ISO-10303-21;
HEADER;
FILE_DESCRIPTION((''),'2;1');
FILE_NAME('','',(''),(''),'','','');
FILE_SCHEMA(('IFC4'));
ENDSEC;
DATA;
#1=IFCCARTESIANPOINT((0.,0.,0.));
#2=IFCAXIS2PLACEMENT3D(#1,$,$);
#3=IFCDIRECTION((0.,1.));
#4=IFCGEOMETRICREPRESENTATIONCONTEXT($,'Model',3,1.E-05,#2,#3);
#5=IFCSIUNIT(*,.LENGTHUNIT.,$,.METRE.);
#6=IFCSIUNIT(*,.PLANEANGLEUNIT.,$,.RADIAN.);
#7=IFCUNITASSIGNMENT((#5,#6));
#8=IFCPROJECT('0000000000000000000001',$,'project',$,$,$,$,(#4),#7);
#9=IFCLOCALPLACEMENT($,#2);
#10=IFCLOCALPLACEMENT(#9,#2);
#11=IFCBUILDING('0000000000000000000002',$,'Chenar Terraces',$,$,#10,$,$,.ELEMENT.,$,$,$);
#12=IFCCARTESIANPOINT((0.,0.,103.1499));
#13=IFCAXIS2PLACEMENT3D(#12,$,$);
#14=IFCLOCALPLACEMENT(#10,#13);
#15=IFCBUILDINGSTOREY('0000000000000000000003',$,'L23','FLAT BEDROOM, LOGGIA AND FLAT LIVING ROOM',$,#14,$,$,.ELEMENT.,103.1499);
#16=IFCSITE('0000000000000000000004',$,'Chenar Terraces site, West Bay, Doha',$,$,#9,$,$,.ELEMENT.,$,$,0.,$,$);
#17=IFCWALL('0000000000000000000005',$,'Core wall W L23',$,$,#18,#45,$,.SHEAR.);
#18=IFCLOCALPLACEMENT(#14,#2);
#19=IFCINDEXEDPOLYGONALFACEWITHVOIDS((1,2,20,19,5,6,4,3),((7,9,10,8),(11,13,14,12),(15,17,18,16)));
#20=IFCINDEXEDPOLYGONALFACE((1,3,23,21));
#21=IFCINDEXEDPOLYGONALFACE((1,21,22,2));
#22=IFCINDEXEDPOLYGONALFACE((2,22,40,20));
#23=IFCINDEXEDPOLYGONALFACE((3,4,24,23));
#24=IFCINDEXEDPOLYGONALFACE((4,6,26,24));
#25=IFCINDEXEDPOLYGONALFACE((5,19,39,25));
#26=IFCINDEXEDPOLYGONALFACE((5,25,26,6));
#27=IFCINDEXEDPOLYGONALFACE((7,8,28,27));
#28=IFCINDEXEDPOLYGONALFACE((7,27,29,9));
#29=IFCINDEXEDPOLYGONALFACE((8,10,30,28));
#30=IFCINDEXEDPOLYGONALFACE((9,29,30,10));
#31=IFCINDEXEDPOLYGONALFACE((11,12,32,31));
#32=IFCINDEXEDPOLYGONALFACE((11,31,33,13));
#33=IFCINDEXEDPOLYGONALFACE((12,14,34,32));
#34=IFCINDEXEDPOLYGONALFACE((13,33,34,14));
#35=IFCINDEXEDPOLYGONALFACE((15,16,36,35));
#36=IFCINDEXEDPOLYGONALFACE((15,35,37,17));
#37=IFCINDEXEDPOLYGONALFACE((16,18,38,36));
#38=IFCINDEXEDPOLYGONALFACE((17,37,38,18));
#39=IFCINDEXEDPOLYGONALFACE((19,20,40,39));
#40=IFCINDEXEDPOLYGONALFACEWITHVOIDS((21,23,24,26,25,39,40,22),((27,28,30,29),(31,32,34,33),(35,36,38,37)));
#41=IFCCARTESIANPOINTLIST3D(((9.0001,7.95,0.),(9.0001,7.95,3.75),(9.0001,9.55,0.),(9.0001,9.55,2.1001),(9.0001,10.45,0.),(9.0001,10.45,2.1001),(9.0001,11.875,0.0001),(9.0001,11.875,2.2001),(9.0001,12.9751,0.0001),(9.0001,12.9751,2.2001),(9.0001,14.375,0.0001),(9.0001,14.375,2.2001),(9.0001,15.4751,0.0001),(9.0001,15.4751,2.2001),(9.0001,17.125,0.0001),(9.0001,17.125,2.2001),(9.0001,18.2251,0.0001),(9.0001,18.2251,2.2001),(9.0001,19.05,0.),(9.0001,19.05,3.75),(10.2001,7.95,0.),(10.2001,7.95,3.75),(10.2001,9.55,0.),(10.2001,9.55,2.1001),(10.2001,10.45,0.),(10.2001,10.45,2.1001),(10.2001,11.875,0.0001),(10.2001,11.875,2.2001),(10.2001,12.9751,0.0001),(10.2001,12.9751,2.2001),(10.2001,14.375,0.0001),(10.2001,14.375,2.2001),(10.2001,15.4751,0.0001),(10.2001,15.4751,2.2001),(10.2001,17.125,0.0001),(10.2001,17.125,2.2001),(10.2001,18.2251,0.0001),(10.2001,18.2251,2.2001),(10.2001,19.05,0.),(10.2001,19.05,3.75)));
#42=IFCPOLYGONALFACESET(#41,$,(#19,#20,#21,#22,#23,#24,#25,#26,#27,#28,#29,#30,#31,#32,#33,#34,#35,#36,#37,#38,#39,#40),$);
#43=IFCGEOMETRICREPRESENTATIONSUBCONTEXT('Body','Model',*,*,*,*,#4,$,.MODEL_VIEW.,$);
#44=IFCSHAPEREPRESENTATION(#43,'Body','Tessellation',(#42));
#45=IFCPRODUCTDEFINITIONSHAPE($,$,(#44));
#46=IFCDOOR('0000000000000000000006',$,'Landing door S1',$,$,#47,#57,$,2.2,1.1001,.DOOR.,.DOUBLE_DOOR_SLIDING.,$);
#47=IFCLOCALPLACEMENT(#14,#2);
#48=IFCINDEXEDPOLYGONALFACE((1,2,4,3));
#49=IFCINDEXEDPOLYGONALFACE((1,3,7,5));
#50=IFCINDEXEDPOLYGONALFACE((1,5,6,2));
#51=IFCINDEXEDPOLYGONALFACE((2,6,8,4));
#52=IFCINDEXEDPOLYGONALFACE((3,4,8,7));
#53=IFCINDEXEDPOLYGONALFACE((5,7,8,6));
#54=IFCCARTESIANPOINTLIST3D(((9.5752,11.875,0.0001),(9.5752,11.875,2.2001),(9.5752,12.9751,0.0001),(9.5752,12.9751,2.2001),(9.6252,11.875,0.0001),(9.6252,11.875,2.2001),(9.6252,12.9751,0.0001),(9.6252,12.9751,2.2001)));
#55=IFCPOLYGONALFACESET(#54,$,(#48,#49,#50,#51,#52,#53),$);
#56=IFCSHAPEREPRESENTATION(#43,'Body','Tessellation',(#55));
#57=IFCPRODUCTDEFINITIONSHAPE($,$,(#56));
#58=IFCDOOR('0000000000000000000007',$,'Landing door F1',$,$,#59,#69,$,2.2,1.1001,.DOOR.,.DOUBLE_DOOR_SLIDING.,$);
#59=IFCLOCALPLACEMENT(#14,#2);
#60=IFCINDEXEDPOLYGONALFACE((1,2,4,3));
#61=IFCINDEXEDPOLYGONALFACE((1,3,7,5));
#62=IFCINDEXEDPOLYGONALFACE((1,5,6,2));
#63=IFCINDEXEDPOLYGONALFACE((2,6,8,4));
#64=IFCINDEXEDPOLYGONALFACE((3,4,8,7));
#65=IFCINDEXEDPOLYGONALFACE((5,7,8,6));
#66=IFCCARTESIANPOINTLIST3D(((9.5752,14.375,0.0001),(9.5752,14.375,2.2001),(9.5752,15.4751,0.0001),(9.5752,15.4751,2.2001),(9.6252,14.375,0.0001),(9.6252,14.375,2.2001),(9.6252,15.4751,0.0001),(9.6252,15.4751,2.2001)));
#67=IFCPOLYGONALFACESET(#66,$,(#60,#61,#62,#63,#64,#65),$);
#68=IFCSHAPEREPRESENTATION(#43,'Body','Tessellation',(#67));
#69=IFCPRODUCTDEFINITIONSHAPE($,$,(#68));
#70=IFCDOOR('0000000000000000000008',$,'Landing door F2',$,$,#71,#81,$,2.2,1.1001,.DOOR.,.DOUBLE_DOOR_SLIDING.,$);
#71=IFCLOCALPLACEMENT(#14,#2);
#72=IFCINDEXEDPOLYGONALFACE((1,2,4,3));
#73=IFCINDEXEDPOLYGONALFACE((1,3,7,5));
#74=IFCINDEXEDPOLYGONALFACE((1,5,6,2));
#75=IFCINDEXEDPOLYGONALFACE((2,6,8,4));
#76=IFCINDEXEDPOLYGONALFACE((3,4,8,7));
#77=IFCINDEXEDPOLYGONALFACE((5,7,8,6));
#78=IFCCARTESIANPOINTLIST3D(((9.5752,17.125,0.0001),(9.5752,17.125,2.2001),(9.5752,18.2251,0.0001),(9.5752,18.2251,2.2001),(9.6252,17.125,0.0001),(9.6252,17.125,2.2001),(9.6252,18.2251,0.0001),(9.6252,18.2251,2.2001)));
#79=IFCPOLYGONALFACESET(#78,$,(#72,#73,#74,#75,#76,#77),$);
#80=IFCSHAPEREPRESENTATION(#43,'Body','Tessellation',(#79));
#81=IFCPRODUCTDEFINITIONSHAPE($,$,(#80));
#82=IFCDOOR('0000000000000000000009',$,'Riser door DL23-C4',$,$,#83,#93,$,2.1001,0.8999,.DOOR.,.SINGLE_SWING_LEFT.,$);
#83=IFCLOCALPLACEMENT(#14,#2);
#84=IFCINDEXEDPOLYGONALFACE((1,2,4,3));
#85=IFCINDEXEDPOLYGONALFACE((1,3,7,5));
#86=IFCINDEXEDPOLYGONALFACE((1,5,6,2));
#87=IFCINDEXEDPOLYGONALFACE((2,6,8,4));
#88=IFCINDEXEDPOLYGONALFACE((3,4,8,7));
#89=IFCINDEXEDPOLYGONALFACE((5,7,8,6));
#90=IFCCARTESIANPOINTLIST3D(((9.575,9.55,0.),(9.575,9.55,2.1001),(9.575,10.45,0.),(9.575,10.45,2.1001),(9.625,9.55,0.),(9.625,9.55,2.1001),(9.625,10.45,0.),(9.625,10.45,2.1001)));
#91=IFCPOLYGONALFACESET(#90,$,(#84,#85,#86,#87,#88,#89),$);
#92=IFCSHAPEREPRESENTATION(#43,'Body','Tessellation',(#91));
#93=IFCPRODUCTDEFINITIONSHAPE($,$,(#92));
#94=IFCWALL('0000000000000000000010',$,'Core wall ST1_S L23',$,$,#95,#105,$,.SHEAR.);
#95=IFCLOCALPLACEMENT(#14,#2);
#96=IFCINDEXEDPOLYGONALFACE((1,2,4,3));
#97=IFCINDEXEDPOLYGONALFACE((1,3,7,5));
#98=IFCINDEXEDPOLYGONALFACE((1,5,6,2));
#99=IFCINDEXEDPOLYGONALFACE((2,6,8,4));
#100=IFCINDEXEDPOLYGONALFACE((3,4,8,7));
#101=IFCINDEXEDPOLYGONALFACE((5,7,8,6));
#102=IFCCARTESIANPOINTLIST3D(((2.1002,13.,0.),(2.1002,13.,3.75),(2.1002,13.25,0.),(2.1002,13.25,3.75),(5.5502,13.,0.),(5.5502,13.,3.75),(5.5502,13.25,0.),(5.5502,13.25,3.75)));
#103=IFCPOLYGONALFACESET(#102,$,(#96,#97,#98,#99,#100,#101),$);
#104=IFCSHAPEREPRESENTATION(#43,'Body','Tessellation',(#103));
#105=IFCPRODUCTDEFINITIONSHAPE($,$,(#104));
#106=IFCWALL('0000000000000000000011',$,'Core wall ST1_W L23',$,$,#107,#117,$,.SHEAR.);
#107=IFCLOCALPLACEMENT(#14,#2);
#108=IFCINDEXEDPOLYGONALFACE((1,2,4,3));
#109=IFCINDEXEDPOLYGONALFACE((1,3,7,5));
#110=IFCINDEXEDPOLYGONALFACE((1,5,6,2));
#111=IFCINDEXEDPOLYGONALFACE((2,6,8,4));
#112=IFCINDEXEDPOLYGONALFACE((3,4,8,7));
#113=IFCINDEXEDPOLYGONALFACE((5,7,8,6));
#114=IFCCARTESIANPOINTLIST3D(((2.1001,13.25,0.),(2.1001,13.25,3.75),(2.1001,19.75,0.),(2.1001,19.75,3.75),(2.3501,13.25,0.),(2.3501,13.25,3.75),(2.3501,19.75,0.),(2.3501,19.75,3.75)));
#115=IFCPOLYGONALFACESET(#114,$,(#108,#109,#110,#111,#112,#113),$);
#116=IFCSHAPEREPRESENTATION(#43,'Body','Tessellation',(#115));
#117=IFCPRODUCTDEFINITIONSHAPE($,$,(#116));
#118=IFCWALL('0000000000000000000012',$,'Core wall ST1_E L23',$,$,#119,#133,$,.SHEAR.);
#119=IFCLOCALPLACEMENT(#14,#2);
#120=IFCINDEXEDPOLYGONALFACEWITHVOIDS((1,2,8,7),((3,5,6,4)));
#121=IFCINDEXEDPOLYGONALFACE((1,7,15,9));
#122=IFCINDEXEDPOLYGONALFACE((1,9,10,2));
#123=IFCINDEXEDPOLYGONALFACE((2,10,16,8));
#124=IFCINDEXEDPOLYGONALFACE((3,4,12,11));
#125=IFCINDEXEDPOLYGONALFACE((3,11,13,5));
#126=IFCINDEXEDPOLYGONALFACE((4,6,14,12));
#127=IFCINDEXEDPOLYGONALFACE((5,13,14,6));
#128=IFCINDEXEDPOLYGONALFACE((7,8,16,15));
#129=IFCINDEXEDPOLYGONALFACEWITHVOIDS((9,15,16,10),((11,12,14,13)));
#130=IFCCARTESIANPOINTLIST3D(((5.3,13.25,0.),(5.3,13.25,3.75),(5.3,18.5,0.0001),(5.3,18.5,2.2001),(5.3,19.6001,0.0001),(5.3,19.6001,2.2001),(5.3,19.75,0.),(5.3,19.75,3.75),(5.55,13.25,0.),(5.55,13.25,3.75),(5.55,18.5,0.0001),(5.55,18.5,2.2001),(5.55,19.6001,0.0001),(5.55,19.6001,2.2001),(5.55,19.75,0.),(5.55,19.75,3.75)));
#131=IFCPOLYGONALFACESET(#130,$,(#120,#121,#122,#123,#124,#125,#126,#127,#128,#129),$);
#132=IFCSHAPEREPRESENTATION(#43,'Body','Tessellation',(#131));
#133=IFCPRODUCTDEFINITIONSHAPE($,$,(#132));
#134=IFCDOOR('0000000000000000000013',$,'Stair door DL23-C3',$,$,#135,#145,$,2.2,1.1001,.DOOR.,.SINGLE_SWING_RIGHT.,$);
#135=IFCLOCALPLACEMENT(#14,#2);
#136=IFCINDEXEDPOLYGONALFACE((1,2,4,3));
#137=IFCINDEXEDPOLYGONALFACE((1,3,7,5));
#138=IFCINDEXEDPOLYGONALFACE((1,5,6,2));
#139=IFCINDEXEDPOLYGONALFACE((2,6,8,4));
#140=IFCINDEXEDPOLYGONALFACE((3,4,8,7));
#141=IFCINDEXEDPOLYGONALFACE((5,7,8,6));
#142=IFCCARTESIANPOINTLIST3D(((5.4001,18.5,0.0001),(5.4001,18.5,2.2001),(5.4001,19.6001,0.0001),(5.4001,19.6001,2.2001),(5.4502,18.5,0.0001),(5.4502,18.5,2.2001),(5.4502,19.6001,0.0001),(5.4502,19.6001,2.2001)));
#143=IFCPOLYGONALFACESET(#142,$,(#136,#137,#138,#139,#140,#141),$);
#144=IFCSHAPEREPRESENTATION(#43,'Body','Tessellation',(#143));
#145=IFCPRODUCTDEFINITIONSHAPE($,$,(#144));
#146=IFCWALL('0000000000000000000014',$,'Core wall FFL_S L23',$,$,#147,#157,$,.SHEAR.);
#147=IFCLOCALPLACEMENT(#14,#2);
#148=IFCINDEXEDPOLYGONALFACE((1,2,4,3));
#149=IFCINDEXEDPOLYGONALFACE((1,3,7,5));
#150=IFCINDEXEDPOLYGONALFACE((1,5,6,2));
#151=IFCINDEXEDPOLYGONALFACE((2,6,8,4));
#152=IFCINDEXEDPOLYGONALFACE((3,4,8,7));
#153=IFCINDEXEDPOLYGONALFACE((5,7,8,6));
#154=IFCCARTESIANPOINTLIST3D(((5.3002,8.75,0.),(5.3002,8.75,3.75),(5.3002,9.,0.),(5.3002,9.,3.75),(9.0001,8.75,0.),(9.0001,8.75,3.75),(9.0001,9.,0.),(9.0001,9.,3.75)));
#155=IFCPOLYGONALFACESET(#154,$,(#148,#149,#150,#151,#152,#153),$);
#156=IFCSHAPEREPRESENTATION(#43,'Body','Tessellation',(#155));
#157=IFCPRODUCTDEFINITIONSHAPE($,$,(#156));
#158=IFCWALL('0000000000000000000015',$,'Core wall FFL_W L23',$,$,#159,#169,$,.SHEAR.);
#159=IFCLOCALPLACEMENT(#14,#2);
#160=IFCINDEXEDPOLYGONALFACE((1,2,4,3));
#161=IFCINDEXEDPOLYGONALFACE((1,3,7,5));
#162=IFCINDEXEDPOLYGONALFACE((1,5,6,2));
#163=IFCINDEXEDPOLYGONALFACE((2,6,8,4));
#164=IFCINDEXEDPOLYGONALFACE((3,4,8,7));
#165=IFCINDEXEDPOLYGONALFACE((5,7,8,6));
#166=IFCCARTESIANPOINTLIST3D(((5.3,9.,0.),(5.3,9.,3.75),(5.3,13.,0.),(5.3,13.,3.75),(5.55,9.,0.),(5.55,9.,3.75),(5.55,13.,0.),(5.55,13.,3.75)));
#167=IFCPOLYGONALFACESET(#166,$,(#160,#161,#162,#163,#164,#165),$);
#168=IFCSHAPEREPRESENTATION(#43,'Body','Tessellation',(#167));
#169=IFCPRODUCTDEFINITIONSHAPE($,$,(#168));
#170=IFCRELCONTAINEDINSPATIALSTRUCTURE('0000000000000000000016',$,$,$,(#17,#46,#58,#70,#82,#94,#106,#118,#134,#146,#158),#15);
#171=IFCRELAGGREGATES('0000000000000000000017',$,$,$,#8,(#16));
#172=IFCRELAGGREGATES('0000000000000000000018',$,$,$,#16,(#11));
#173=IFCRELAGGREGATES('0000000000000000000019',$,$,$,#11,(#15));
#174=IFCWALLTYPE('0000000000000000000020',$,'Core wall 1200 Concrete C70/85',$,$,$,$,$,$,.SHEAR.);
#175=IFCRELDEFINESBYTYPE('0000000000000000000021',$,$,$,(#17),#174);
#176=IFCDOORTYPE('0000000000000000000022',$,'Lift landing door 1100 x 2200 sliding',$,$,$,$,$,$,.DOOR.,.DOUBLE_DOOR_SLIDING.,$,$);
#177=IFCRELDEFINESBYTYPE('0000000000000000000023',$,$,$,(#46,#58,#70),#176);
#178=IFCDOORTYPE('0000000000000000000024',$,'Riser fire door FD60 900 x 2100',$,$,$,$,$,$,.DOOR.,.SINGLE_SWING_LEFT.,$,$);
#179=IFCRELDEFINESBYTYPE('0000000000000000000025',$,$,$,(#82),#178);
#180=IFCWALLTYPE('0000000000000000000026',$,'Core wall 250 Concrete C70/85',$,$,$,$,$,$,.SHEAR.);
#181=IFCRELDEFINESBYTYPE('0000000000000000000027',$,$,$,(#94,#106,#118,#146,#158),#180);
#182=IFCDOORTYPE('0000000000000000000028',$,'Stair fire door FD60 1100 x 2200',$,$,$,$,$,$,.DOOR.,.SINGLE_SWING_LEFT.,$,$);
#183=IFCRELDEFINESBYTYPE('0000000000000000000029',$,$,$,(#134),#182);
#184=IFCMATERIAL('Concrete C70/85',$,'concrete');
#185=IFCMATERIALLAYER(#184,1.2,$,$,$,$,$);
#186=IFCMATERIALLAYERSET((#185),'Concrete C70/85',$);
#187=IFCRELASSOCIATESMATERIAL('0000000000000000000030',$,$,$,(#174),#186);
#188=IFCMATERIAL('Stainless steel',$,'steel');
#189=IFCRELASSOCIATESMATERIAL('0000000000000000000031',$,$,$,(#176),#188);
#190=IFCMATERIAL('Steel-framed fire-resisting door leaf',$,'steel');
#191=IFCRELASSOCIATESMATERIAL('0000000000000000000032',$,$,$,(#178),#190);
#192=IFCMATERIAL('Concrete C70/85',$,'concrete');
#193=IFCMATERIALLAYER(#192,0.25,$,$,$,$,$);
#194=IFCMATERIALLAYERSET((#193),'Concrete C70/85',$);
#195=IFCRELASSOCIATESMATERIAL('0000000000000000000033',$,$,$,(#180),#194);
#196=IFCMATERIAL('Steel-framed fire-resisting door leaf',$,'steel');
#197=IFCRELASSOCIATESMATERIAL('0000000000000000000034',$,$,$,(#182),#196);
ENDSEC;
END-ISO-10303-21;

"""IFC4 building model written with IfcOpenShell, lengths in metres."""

from ifc_helpers import new_model, si_unit, direction, frame, frame_2d, origin, place, context, subcontext, project, spatial, rectangle, extrude, material, layer, layer_set, type_object, element, fill, save


model = new_model("IFC4")

# Units and contexts
model_context = context("Model", 3, precision=1e-05, world=origin(), true_north=direction((0.0, 1.0)))
body_context = subcontext(model_context, "Body", "Model", "MODEL_VIEW")
ifc_project = project(units=[si_unit("LENGTHUNIT", "METRE"), si_unit("PLANEANGLEUNIT", "RADIAN")], contexts=[model_context])

# Site, building, storey
site_placement = place(None, origin())
site = spatial("IfcSite", under=ifc_project, at=site_placement, Name="Chenar Terraces site, West Bay, Doha", CompositionType="ELEMENT", RefElevation=0.0)
building_placement = place(site_placement, origin())
building = spatial("IfcBuilding", under=site, at=building_placement, Name="Chenar Terraces", CompositionType="ELEMENT")
storey_placement = place(building_placement, frame((0.0, 0.0, 103.1499)))
storey = spatial("IfcBuildingStorey", under=building, at=storey_placement, Name="L23", Description="FLAT BEDROOM, LOGGIA AND FLAT LIVING ROOM", CompositionType="ELEMENT", Elevation=103.1499)

# Wall, openings, doors
ifc_material_1 = material(Name="Concrete C70/85", Category="concrete")
ifc_layer_1 = layer(ifc_material_1, 1.2)
ifc_layer_set_1 = layer_set([ifc_layer_1], Name="Concrete C70/85")
wall_type_1 = type_object("IfcWallType", Name="Core wall 1200 Concrete C70/85", PredefinedType="SHEAR", material=ifc_layer_set_1)
wall_1_placement = place(storey_placement, frame((9.6001, 7.95, 0.0), z_axis=(0.0, 0.0, 1.0), x_axis=(0.0, 1.0, 0.0)))
wall_1 = element("IfcWall", 1, at=wall_1_placement, inside=storey, type_object=wall_type_1, Name="Core wall W L23", PredefinedType="SHEAR", context=body_context, shape_type="SweptSolid", body=[
    extrude(rectangle(XDim=11.1001, YDim=1.2, at=frame_2d((5.55, 0.0))), origin(), (0.0, 0.0, 1.0), 3.75),
])
opening_1_placement = place(wall_1_placement, frame((3.925, 0.0, 0.0)))
opening_1 = element("IfcOpeningElement", 2, at=opening_1_placement, cuts=wall_1, PredefinedType="OPENING", context=body_context, shape_type="SweptSolid", body=[
    extrude(rectangle(XDim=1.1001, YDim=2.2, at=frame_2d((0.55, 1.1001))), frame((0.0, 0.6099, 0.0), z_axis=(0.0, -1.0, 0.0), x_axis=(1.0, 0.0, 0.0)), (0.0, 0.0, 1.0), 1.22),
])
opening_2_placement = place(wall_1_placement, frame((6.425, 0.0, 0.0)))
opening_2 = element("IfcOpeningElement", 3, at=opening_2_placement, cuts=wall_1, PredefinedType="OPENING", context=body_context, shape_type="SweptSolid", body=[
    extrude(rectangle(XDim=1.1001, YDim=2.2, at=frame_2d((0.55, 1.1001))), frame((0.0, 0.6099, 0.0), z_axis=(0.0, -1.0, 0.0), x_axis=(1.0, 0.0, 0.0)), (0.0, 0.0, 1.0), 1.22),
])
opening_3_placement = place(wall_1_placement, frame((9.175, 0.0, 0.0)))
opening_3 = element("IfcOpeningElement", 4, at=opening_3_placement, cuts=wall_1, PredefinedType="OPENING", context=body_context, shape_type="SweptSolid", body=[
    extrude(rectangle(XDim=1.1001, YDim=2.2, at=frame_2d((0.55, 1.1001))), frame((0.0, 0.6099, 0.0), z_axis=(0.0, -1.0, 0.0), x_axis=(1.0, 0.0, 0.0)), (0.0, 0.0, 1.0), 1.22),
])
opening_4_placement = place(wall_1_placement, frame((1.6001, 0.0, 0.0)))
opening_4 = element("IfcOpeningElement", 5, at=opening_4_placement, cuts=wall_1, PredefinedType="OPENING", context=body_context, shape_type="SweptSolid", body=[
    extrude(rectangle(XDim=0.8999, YDim=2.1001, at=frame_2d((0.45, 1.05))), frame((0.0, 0.6099, 0.0), z_axis=(0.0, -1.0, 0.0), x_axis=(1.0, 0.0, 0.0)), (0.0, 0.0, 1.0), 1.22),
])
ifc_material_2 = material(Name="Stainless steel", Category="steel")
door_type_1 = type_object("IfcDoorType", Name="Lift landing door 1100 x 2200 sliding", OperationType="DOUBLE_DOOR_SLIDING", PredefinedType="DOOR", material=ifc_material_2)
door_1_placement = place(opening_1_placement, origin())
door_1 = element("IfcDoor", 6, at=door_1_placement, inside=storey, type_object=door_type_1, Name="Landing door S1", OperationType="DOUBLE_DOOR_SLIDING", OverallHeight=2.2, OverallWidth=1.1001, PredefinedType="DOOR", context=body_context, shape_type="SweptSolid", body=[
    extrude(rectangle(XDim=1.1001, YDim=2.2, at=frame_2d((0.55, 1.1001))), frame((0.0, 0.0249, 0.0), z_axis=(0.0, -1.0, 0.0), x_axis=(1.0, 0.0, 0.0)), (0.0, 0.0, 1.0), 0.05),
])
fill(opening_1, door_1)
door_2_placement = place(opening_2_placement, origin())
door_2 = element("IfcDoor", 7, at=door_2_placement, inside=storey, type_object=door_type_1, Name="Landing door F1", OperationType="DOUBLE_DOOR_SLIDING", OverallHeight=2.2, OverallWidth=1.1001, PredefinedType="DOOR", context=body_context, shape_type="SweptSolid", body=[
    extrude(rectangle(XDim=1.1001, YDim=2.2, at=frame_2d((0.55, 1.1001))), frame((0.0, 0.0249, 0.0), z_axis=(0.0, -1.0, 0.0), x_axis=(1.0, 0.0, 0.0)), (0.0, 0.0, 1.0), 0.05),
])
fill(opening_2, door_2)
door_3_placement = place(opening_3_placement, origin())
door_3 = element("IfcDoor", 8, at=door_3_placement, inside=storey, type_object=door_type_1, Name="Landing door F2", OperationType="DOUBLE_DOOR_SLIDING", OverallHeight=2.2, OverallWidth=1.1001, PredefinedType="DOOR", context=body_context, shape_type="SweptSolid", body=[
    extrude(rectangle(XDim=1.1001, YDim=2.2, at=frame_2d((0.55, 1.1001))), frame((0.0, 0.0249, 0.0), z_axis=(0.0, -1.0, 0.0), x_axis=(1.0, 0.0, 0.0)), (0.0, 0.0, 1.0), 0.05),
])
fill(opening_3, door_3)
ifc_material_3 = material(Name="Steel-framed fire-resisting door leaf", Category="steel")
door_type_2 = type_object("IfcDoorType", Name="Riser fire door FD60 900 x 2100", OperationType="SINGLE_SWING_LEFT", PredefinedType="DOOR", material=ifc_material_3)
door_4_placement = place(opening_4_placement, frame((0.8999, 0.0, 0.0), z_axis=(0.0, 0.0, 1.0), x_axis=(-1.0, 0.0, 0.0)))
door_4 = element("IfcDoor", 9, at=door_4_placement, inside=storey, type_object=door_type_2, Name="Riser door DL23-C4", OperationType="SINGLE_SWING_LEFT", OverallHeight=2.1001, OverallWidth=0.8999, PredefinedType="DOOR", context=body_context, shape_type="SweptSolid", body=[
    extrude(rectangle(XDim=0.8999, YDim=2.1001, at=frame_2d((0.45, 1.05))), frame((0.0, 0.0249, 0.0), z_axis=(0.0, -1.0, 0.0), x_axis=(1.0, 0.0, 0.0)), (0.0, 0.0, 1.0), 0.05),
])
fill(opening_4, door_4)

# Walls
ifc_material_4 = material(Name="Concrete C70/85", Category="concrete")
ifc_layer_2 = layer(ifc_material_4, 0.25)
ifc_layer_set_2 = layer_set([ifc_layer_2], Name="Concrete C70/85")
wall_type_2 = type_object("IfcWallType", Name="Core wall 250 Concrete C70/85", PredefinedType="SHEAR", material=ifc_layer_set_2)
wall_2_placement = place(storey_placement, frame((2.1001, 13.125, 0.0), z_axis=(0.0, 0.0, 1.0), x_axis=(1.0, 0.0, 0.0)))
element("IfcWall", 10, at=wall_2_placement, inside=storey, type_object=wall_type_2, Name="Core wall ST1_S L23", PredefinedType="SHEAR", context=body_context, shape_type="SweptSolid", body=[
    extrude(rectangle(XDim=3.45, YDim=0.25, at=frame_2d((1.7251, 0.0))), origin(), (0.0, 0.0, 1.0), 3.75),
])
wall_3_placement = place(storey_placement, frame((2.2251, 13.25, 0.0), z_axis=(0.0, 0.0, 1.0), x_axis=(0.0, 1.0, 0.0)))
element("IfcWall", 11, at=wall_3_placement, inside=storey, type_object=wall_type_2, Name="Core wall ST1_W L23", PredefinedType="SHEAR", context=body_context, shape_type="SweptSolid", body=[
    extrude(rectangle(XDim=6.5, YDim=0.25, at=frame_2d((3.25, 0.0))), origin(), (0.0, 0.0, 1.0), 3.75),
])

# Wall, opening, door
wall_4_placement = place(storey_placement, frame((5.425, 13.25, 0.0), z_axis=(0.0, 0.0, 1.0), x_axis=(0.0, 1.0, 0.0)))
wall_4 = element("IfcWall", 12, at=wall_4_placement, inside=storey, type_object=wall_type_2, Name="Core wall ST1_E L23", PredefinedType="SHEAR", context=body_context, shape_type="SweptSolid", body=[
    extrude(rectangle(XDim=6.5, YDim=0.25, at=frame_2d((3.25, 0.0))), origin(), (0.0, 0.0, 1.0), 3.75),
])
opening_5_placement = place(wall_4_placement, frame((5.25, 0.0, 0.0)))
opening_5 = element("IfcOpeningElement", 13, at=opening_5_placement, cuts=wall_4, PredefinedType="OPENING", context=body_context, shape_type="SweptSolid", body=[
    extrude(rectangle(XDim=1.1001, YDim=2.2, at=frame_2d((0.55, 1.1001))), frame((0.0, 0.135, 0.0), z_axis=(0.0, -1.0, 0.0), x_axis=(1.0, 0.0, 0.0)), (0.0, 0.0, 1.0), 0.27),
])
ifc_material_5 = material(Name="Steel-framed fire-resisting door leaf", Category="steel")
door_type_3 = type_object("IfcDoorType", Name="Stair fire door FD60 1100 x 2200", OperationType="SINGLE_SWING_LEFT", PredefinedType="DOOR", material=ifc_material_5)
door_5_placement = place(opening_5_placement, origin())
door_5 = element("IfcDoor", 14, at=door_5_placement, inside=storey, type_object=door_type_3, Name="Stair door DL23-C3", OperationType="SINGLE_SWING_RIGHT", OverallHeight=2.2, OverallWidth=1.1001, PredefinedType="DOOR", context=body_context, shape_type="SweptSolid", body=[
    extrude(rectangle(XDim=1.1001, YDim=2.2, at=frame_2d((0.55, 1.1001))), frame((0.0, 0.0249, 0.0), z_axis=(0.0, -1.0, 0.0), x_axis=(1.0, 0.0, 0.0)), (0.0, 0.0, 1.0), 0.05),
])
fill(opening_5, door_5)

# Walls
wall_5_placement = place(storey_placement, frame((5.3, 8.875, 0.0), z_axis=(0.0, 0.0, 1.0), x_axis=(1.0, 0.0, 0.0)))
element("IfcWall", 15, at=wall_5_placement, inside=storey, type_object=wall_type_2, Name="Core wall FFL_S L23", PredefinedType="SHEAR", context=body_context, shape_type="SweptSolid", body=[
    extrude(rectangle(XDim=3.7, YDim=0.25, at=frame_2d((1.8501, 0.0))), origin(), (0.0, 0.0, 1.0), 3.75),
])
wall_6_placement = place(storey_placement, frame((5.425, 9.0, 0.0), z_axis=(0.0, 0.0, 1.0), x_axis=(0.0, 1.0, 0.0)))
element("IfcWall", 16, at=wall_6_placement, inside=storey, type_object=wall_type_2, Name="Core wall FFL_W L23", PredefinedType="SHEAR", context=body_context, shape_type="SweptSolid", body=[
    extrude(rectangle(XDim=4.0, YDim=0.25, at=frame_2d((2.0, 0.0))), origin(), (0.0, 0.0, 1.0), 3.75),
])

save(model, "model.ifc")
